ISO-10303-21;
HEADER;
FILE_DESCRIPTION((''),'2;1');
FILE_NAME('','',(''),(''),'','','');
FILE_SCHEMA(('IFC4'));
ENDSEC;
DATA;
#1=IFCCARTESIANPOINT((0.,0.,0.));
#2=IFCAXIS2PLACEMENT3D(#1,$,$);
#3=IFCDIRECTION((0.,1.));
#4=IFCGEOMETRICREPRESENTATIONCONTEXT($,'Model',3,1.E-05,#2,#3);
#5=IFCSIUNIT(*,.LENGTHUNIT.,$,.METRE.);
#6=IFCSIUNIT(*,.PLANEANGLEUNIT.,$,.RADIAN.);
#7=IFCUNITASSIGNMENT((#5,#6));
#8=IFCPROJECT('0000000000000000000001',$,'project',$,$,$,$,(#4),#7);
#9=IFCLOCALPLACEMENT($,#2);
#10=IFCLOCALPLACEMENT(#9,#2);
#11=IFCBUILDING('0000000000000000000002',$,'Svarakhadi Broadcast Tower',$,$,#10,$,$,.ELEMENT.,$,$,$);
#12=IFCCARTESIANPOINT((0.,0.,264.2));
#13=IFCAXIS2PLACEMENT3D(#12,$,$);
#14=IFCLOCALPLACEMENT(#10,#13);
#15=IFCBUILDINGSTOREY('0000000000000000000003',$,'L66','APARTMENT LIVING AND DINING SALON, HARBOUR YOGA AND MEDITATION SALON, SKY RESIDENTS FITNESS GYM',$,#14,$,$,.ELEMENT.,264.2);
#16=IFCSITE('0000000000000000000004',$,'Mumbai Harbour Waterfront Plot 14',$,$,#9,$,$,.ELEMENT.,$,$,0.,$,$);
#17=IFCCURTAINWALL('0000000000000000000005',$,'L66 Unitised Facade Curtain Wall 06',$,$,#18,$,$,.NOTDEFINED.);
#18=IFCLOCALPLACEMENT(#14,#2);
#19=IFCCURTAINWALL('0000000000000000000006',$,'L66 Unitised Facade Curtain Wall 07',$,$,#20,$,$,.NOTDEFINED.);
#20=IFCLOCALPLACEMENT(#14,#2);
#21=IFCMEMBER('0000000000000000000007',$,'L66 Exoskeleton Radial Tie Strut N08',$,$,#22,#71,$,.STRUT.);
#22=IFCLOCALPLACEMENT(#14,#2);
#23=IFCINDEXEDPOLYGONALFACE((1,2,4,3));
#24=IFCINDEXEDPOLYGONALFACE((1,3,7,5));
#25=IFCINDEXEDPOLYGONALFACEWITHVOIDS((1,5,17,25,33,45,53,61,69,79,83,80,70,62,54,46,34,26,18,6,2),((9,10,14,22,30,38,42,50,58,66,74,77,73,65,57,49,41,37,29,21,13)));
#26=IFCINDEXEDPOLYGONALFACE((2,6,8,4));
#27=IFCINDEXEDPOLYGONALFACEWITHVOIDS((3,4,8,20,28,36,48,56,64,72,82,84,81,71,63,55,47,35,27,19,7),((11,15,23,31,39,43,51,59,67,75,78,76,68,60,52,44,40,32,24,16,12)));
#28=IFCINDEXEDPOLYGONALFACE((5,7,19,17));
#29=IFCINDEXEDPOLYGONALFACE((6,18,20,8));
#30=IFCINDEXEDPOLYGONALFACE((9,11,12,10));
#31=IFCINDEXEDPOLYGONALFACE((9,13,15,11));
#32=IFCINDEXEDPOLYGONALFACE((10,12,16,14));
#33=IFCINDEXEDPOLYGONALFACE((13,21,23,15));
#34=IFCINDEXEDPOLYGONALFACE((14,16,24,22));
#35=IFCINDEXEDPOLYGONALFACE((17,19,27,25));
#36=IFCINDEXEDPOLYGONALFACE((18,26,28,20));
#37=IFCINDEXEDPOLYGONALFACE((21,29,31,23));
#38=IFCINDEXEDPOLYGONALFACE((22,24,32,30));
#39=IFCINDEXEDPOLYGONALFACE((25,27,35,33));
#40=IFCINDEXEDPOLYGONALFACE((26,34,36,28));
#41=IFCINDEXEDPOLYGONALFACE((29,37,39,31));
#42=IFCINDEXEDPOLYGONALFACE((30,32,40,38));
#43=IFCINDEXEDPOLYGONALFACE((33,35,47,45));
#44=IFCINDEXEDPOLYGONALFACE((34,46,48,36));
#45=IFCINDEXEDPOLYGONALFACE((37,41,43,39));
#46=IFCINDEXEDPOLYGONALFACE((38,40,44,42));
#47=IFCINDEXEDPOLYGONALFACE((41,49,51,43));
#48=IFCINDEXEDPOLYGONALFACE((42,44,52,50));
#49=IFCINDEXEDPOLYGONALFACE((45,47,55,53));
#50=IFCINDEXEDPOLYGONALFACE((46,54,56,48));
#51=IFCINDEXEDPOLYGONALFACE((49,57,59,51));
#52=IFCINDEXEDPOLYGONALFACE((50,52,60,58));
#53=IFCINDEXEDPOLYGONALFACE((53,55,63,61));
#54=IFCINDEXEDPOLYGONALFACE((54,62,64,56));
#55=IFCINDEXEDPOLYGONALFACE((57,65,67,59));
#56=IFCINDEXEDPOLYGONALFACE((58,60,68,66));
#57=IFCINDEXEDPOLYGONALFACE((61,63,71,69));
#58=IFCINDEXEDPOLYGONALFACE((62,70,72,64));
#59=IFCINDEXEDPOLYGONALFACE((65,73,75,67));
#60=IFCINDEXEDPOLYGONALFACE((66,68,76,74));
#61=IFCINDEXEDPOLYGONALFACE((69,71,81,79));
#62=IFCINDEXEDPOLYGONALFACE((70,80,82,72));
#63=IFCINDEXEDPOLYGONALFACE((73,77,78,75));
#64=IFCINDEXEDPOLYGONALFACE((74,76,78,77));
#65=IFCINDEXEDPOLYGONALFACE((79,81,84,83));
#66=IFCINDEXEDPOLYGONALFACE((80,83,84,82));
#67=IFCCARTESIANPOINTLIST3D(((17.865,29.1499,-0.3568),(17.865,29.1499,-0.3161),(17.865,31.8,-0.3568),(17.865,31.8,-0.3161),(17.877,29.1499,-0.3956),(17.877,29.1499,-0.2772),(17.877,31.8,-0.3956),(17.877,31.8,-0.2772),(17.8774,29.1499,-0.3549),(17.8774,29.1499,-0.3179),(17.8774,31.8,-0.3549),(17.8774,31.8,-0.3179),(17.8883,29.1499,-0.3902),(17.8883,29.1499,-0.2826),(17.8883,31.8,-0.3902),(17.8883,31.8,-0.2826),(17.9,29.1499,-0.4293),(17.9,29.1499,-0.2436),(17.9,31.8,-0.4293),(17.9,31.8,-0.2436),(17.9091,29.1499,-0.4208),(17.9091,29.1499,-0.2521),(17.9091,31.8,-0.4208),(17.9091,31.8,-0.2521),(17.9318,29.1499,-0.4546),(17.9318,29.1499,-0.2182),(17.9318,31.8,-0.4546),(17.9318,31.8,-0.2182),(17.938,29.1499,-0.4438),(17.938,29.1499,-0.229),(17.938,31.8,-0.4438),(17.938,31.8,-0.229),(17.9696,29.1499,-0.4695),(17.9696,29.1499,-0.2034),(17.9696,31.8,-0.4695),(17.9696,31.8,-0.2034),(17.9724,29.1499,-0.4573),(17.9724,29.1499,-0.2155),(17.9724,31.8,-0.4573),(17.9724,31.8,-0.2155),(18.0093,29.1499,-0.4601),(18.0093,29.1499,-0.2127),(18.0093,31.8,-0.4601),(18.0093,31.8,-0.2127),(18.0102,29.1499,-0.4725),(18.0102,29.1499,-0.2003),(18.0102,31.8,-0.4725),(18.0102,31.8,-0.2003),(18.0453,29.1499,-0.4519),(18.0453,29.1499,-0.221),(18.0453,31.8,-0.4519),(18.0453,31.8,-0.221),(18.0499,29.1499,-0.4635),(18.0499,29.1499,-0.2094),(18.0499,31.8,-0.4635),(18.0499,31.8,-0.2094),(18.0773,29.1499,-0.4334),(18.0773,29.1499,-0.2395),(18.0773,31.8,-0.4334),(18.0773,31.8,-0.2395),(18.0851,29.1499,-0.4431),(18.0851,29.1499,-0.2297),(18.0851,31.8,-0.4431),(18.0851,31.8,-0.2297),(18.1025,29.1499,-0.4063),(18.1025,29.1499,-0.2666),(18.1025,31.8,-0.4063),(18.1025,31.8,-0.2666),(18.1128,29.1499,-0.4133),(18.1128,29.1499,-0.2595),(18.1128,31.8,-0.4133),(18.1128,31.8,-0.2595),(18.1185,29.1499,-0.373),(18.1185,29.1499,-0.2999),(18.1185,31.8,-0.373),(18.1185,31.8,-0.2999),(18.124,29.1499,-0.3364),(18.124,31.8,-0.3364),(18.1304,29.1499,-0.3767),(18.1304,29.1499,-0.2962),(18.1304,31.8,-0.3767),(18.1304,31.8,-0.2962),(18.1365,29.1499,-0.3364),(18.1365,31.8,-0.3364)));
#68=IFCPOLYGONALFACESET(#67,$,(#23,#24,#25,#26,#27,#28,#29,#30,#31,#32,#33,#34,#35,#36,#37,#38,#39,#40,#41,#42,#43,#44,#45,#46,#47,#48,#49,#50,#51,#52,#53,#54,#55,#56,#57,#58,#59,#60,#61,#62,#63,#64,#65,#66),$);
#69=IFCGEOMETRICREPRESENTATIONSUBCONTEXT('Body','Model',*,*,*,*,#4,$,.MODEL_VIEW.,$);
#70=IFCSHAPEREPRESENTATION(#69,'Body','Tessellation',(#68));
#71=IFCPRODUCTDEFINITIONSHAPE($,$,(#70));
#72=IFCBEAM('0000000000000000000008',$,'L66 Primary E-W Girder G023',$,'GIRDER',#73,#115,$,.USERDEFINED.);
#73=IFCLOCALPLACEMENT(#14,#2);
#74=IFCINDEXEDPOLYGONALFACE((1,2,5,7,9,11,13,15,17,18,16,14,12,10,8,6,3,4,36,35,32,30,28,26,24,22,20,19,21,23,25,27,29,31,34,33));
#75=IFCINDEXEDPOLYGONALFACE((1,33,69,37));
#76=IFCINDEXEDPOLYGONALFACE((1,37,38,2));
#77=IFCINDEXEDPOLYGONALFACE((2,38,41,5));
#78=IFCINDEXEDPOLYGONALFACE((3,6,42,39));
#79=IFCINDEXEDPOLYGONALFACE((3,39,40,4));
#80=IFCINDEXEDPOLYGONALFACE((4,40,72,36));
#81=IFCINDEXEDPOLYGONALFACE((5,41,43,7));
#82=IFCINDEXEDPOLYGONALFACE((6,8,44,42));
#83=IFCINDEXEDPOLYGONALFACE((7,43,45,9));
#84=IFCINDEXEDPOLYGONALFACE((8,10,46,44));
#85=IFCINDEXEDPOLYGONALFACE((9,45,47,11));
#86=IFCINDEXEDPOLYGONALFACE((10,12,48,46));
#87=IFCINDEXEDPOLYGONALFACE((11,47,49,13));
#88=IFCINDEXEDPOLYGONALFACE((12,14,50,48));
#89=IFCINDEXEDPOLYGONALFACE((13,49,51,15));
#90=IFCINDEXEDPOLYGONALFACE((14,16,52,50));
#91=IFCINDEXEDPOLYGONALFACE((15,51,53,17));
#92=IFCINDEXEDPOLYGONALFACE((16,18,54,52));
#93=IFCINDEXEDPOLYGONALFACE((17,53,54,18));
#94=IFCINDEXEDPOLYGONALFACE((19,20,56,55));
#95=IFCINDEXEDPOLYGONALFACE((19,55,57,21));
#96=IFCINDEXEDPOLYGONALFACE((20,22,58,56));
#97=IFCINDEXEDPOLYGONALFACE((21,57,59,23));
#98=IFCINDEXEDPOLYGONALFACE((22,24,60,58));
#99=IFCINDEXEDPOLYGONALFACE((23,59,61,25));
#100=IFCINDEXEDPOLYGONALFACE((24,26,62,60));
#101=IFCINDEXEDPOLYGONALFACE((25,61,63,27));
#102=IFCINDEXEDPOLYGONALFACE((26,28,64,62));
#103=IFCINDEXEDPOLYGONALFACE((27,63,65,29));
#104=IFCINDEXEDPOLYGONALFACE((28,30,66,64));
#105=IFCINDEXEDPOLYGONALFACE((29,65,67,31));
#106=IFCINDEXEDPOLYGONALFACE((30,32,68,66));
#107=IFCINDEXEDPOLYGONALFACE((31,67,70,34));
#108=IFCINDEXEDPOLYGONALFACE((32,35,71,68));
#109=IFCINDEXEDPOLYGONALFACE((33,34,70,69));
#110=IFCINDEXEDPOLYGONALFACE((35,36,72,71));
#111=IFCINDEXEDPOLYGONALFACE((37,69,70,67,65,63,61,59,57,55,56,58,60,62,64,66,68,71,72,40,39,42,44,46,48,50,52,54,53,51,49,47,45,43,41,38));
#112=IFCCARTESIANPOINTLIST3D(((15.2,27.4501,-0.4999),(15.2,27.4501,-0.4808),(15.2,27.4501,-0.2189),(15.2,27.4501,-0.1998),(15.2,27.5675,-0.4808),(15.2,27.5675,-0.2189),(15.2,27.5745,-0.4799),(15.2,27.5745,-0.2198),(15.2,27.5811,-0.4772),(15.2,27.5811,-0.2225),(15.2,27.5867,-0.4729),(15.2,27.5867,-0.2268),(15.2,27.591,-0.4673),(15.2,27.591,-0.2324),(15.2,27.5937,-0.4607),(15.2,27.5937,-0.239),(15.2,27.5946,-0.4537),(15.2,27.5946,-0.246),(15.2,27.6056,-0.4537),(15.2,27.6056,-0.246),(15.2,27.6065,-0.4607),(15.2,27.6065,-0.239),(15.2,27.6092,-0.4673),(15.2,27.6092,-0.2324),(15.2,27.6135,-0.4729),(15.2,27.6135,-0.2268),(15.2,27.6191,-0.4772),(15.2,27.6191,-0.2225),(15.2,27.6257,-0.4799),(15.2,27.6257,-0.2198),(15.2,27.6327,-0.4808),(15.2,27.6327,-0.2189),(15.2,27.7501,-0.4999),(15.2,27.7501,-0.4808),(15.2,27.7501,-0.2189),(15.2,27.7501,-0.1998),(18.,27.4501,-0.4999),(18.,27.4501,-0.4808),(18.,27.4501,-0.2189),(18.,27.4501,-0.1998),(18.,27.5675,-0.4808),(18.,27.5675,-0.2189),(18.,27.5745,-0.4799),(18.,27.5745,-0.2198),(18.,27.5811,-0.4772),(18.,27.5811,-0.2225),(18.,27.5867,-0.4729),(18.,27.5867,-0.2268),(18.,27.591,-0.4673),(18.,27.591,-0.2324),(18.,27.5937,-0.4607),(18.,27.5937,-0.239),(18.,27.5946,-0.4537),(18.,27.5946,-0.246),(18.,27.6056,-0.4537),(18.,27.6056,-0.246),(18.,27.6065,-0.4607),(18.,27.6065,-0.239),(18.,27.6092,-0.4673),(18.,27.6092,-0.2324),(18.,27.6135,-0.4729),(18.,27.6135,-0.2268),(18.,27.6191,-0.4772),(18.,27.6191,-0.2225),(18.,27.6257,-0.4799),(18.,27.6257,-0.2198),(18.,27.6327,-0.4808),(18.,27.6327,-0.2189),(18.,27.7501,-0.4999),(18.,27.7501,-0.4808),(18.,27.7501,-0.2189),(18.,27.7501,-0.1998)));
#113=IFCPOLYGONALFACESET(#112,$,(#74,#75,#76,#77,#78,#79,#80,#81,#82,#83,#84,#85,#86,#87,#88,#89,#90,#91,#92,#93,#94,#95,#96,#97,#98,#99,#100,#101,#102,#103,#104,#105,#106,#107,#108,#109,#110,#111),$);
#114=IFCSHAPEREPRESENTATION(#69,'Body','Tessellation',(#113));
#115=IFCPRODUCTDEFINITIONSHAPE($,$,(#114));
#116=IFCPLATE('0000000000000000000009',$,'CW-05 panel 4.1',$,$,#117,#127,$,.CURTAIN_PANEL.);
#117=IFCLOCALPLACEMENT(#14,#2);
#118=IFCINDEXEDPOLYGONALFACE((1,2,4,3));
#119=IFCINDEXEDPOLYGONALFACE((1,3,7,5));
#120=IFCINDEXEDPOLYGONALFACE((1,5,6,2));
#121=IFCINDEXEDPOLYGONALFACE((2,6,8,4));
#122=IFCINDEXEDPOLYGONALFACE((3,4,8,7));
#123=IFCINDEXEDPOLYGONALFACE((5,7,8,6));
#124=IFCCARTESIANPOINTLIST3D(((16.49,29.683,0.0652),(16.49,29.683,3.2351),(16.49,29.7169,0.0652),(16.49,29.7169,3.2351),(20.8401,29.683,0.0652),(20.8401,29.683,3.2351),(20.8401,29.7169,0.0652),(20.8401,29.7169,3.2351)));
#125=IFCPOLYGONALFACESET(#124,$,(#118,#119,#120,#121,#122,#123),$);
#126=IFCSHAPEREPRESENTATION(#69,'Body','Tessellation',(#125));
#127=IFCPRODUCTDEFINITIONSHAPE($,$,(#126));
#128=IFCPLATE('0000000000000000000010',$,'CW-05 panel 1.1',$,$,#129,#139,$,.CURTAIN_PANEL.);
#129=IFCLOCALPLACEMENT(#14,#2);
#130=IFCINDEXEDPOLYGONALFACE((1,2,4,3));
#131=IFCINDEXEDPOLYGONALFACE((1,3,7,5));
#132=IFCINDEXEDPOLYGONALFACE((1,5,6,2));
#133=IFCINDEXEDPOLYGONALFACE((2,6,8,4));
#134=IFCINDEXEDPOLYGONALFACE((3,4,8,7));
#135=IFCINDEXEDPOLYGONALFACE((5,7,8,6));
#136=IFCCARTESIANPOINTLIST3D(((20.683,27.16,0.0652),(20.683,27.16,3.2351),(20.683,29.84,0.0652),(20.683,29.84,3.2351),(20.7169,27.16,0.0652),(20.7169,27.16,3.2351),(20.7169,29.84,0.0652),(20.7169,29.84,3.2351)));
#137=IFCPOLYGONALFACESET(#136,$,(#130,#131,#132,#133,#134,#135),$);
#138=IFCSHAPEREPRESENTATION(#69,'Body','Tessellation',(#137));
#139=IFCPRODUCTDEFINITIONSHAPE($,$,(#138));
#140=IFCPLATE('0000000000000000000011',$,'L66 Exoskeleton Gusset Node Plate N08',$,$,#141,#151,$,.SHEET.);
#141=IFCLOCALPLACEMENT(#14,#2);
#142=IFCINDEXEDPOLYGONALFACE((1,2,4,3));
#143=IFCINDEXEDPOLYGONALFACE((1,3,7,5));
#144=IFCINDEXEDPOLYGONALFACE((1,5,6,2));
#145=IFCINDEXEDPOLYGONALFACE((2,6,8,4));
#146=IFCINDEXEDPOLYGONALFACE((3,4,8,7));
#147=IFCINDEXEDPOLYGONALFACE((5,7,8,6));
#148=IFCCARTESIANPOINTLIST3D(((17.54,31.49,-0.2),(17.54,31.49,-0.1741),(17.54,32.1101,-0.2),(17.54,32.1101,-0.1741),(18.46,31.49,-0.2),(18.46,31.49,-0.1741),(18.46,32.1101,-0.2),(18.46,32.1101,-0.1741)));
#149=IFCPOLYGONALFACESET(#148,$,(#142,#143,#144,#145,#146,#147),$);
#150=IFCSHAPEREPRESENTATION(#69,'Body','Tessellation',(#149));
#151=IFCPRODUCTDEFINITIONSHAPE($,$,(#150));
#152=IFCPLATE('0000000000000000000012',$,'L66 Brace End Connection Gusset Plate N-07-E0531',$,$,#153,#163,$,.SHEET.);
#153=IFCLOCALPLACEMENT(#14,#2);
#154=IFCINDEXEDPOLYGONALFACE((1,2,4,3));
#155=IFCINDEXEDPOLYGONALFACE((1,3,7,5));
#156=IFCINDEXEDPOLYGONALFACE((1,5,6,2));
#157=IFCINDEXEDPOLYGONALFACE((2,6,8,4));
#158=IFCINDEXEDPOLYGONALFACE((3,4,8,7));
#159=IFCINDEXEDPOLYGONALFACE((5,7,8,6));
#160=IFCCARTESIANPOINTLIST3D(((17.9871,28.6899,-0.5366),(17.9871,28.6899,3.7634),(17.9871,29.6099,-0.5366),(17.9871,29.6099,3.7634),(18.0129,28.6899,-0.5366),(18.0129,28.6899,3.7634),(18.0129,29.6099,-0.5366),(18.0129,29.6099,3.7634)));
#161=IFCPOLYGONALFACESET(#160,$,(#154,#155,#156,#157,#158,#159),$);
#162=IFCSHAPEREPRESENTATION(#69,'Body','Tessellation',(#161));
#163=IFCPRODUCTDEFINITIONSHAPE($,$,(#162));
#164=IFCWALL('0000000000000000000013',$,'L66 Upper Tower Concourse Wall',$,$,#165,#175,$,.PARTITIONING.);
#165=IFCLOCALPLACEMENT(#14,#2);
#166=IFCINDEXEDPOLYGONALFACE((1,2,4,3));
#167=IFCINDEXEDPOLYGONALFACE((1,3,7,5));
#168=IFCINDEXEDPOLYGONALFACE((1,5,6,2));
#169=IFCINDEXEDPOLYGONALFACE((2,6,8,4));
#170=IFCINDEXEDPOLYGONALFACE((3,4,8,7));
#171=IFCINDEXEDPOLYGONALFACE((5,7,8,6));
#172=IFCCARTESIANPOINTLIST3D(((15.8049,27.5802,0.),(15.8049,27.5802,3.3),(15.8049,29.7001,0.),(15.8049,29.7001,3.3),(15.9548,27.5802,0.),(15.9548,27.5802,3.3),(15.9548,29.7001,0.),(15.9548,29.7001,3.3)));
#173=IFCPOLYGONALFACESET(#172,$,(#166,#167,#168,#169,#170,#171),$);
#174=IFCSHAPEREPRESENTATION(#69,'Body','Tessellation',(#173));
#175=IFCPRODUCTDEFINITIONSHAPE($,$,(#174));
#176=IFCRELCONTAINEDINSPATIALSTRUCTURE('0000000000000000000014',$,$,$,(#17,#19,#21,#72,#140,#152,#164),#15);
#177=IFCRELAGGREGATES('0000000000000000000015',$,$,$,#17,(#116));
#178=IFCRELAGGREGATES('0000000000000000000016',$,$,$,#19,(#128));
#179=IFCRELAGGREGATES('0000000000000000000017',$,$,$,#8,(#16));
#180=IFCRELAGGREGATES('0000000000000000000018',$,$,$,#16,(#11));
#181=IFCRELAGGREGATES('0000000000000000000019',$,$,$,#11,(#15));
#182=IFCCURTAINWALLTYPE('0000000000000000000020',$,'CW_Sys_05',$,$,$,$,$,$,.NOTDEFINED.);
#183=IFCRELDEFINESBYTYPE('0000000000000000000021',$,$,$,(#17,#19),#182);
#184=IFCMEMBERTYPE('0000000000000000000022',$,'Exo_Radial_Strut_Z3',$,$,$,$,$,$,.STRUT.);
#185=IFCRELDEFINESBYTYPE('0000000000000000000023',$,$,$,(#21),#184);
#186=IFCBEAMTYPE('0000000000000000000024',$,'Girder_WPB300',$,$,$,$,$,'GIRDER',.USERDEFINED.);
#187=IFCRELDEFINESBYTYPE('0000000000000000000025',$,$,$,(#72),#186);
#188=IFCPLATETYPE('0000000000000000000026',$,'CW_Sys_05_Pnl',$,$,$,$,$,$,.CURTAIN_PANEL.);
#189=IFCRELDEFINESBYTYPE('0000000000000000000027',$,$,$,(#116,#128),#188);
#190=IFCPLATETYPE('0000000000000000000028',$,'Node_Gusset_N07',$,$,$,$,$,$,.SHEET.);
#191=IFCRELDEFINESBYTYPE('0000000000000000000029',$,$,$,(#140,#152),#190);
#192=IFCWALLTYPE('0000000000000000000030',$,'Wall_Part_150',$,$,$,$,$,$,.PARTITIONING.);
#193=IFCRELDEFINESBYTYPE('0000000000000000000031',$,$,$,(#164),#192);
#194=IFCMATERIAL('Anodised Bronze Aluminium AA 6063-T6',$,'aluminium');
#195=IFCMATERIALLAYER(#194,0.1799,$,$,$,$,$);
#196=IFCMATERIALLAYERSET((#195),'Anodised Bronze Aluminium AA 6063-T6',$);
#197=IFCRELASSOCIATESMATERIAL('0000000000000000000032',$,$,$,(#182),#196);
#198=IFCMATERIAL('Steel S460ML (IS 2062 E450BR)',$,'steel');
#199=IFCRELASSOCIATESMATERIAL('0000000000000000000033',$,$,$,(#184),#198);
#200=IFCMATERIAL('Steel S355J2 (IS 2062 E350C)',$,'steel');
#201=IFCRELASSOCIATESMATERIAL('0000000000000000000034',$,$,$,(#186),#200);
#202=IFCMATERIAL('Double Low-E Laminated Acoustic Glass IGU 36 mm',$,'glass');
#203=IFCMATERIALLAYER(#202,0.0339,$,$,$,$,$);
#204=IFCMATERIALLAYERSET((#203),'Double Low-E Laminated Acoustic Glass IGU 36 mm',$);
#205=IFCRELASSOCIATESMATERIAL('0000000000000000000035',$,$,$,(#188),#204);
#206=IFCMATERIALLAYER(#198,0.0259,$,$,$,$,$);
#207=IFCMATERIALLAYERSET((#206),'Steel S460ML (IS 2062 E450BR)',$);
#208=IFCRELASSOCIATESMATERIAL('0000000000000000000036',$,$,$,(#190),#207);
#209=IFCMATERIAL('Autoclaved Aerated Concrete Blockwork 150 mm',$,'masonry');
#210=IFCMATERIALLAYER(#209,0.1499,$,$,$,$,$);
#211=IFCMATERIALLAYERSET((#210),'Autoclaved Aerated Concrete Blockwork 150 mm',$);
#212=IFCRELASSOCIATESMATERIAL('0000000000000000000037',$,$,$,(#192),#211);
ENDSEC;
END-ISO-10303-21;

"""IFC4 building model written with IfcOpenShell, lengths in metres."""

from ifc_helpers import new_model, si_unit, direction, frame, frame_2d, origin, origin_2d, place, context, subcontext, project, spatial, rectangle, hollow_circle, i_section, extrude, material, layer, layer_set, material_profile, profile_set, type_object, element, aggregate, save


model = new_model("IFC4")

# Units and contexts
model_context = context("Model", 3, precision=1e-05, world=origin(), true_north=direction((0.0, 1.0)))
body_context = subcontext(model_context, "Body", "Model", "MODEL_VIEW")
ifc_project = project(units=[si_unit("LENGTHUNIT", "METRE"), si_unit("PLANEANGLEUNIT", "RADIAN")], contexts=[model_context])

# Site, building, storey
site_placement = place(None, origin())
site = spatial("IfcSite", under=ifc_project, at=site_placement, Name="Mumbai Harbour Waterfront Plot 14", CompositionType="ELEMENT", RefElevation=0.0)
building_placement = place(site_placement, origin())
building = spatial("IfcBuilding", under=site, at=building_placement, Name="Svarakhadi Broadcast Tower", CompositionType="ELEMENT")
storey_placement = place(building_placement, frame((0.0, 0.0, 264.2)))
storey = spatial("IfcBuildingStorey", under=building, at=storey_placement, Name="L66", Description="APARTMENT LIVING AND DINING SALON, HARBOUR YOGA AND MEDITATION SALON, SKY RESIDENTS FITNESS GYM", CompositionType="ELEMENT", Elevation=264.2)

# Shared definitions
ifc_material_1 = material(Name="Steel S460ML (IS 2062 E450BR)", Category="steel")

# Curtain walls
ifc_material_2 = material(Name="Anodised Bronze Aluminium AA 6063-T6", Category="aluminium")
ifc_layer_1 = layer(ifc_material_2, 0.1799)
ifc_layer_set_1 = layer_set([ifc_layer_1], Name="Anodised Bronze Aluminium AA 6063-T6")
curtain_wall_type = type_object("IfcCurtainWallType", Name="CW_Sys_05", PredefinedType="NOTDEFINED", material=ifc_layer_set_1)
curtain_wall_1_placement = place(storey_placement, origin())
curtain_wall_1 = element("IfcCurtainWall", 1, at=curtain_wall_1_placement, inside=storey, type_object=curtain_wall_type, Name="L66 Unitised Facade Curtain Wall 06", PredefinedType="NOTDEFINED")
curtain_wall_2_placement = place(storey_placement, origin())
curtain_wall_2 = element("IfcCurtainWall", 2, at=curtain_wall_2_placement, inside=storey, type_object=curtain_wall_type, Name="L66 Unitised Facade Curtain Wall 07", PredefinedType="NOTDEFINED")

# Member
ifc_material_profile_1 = material_profile(ifc_material_1, hollow_circle(Radius=0.1365, WallThickness=0.0125, at=origin_2d()), Name="CHS 273x12.5")
ifc_profile_set_1 = profile_set([ifc_material_profile_1], Name="Steel S460ML (IS 2062 E450BR)")
member_type_1 = type_object("IfcMemberType", Name="Exo_Radial_Strut_Z3", PredefinedType="STRUT", material=ifc_profile_set_1)
member_1_placement = place(storey_placement, frame((18.0, 31.8, -0.3364), z_axis=(0.0, -1.0, 0.0), x_axis=(1.0, 0.0, 0.0)))
element("IfcMember", 3, at=member_1_placement, inside=storey, type_object=member_type_1, Name="L66 Exoskeleton Radial Tie Strut N08", PredefinedType="STRUT", context=body_context, shape_type="SweptSolid", body=[
    extrude(hollow_circle(Radius=0.1365, WallThickness=0.0125, at=origin_2d()), origin(), (0.0, 0.0, 1.0), 2.6501),
])

# Beam
ifc_material_3 = material(Name="Steel S355J2 (IS 2062 E350C)", Category="steel")
ifc_material_profile_2 = material_profile(ifc_material_3, i_section(OverallWidth=0.3, OverallDepth=0.3, WebThickness=0.011, FlangeThickness=0.019, FilletRadius=0.0271, at=origin_2d()), Name="WPB 300x300x117")
ifc_profile_set_2 = profile_set([ifc_material_profile_2], Name="Steel S355J2 (IS 2062 E350C)")
beam_type = type_object("IfcBeamType", Name="Girder_WPB300", ElementType="GIRDER", PredefinedType="USERDEFINED", material=ifc_profile_set_2)
beam_placement = place(storey_placement, frame((15.2, 27.6001, -0.3499), z_axis=(1.0, 0.0, 0.0), x_axis=(0.0, 1.0, 0.0)))
element("IfcBeam", 4, at=beam_placement, inside=storey, type_object=beam_type, Name="L66 Primary E-W Girder G023", ObjectType="GIRDER", PredefinedType="USERDEFINED", context=body_context, shape_type="SweptSolid", body=[
    extrude(i_section(OverallWidth=0.3, OverallDepth=0.3, WebThickness=0.011, FlangeThickness=0.019, FilletRadius=0.0271, at=origin_2d()), origin(), (0.0, 0.0, 1.0), 2.8),
])

# Plates
ifc_material_4 = material(Name="Double Low-E Laminated Acoustic Glass IGU 36 mm", Category="glass")
ifc_layer_2 = layer(ifc_material_4, 0.0339)
ifc_layer_set_2 = layer_set([ifc_layer_2], Name="Double Low-E Laminated Acoustic Glass IGU 36 mm")
plate_type_1 = type_object("IfcPlateType", Name="CW_Sys_05_Pnl", PredefinedType="CURTAIN_PANEL", material=ifc_layer_set_2)
plate_1_placement = place(storey_placement, frame((18.665, 29.7, 0.0652), z_axis=(0.0, 0.0, 1.0), x_axis=(1.0, 0.0, 0.0)))
plate_1 = element("IfcPlate", 5, at=plate_1_placement, type_object=plate_type_1, Name="CW-05 panel 4.1", PredefinedType="CURTAIN_PANEL", context=body_context, shape_type="SweptSolid", body=[
    extrude(rectangle(XDim=4.3501, YDim=0.0339, at=origin_2d()), origin(), (0.0, 0.0, 1.0), 3.1699),
])
aggregate(curtain_wall_1, [plate_1])
plate_2_placement = place(storey_placement, frame((20.7, 28.5, 0.0652), z_axis=(0.0, 0.0, 1.0), x_axis=(0.0, -1.0, 0.0)))
plate_2 = element("IfcPlate", 6, at=plate_2_placement, type_object=plate_type_1, Name="CW-05 panel 1.1", PredefinedType="CURTAIN_PANEL", context=body_context, shape_type="SweptSolid", body=[
    extrude(rectangle(XDim=2.6799, YDim=0.0339, at=origin_2d()), origin(), (0.0, 0.0, 1.0), 3.1699),
])
aggregate(curtain_wall_2, [plate_2])

# Plates
ifc_layer_3 = layer(ifc_material_1, 0.0259)
ifc_layer_set_3 = layer_set([ifc_layer_3], Name="Steel S460ML (IS 2062 E450BR)")
plate_type_2 = type_object("IfcPlateType", Name="Node_Gusset_N07", PredefinedType="SHEET", material=ifc_layer_set_3)
plate_3_placement = place(storey_placement, frame((18.0, 31.8, -0.2), z_axis=(0.0, 0.0, 1.0), x_axis=(1.0, 0.0, 0.0)))
element("IfcPlate", 7, at=plate_3_placement, inside=storey, type_object=plate_type_2, Name="L66 Exoskeleton Gusset Node Plate N08", PredefinedType="SHEET", context=body_context, shape_type="SweptSolid", body=[
    extrude(rectangle(XDim=0.9199, YDim=0.6201, at=origin_2d()), origin(), (0.0, 0.0, 1.0), 0.0259),
])
plate_4_placement = place(storey_placement, frame((18.0, 29.1499, -0.5366), z_axis=(0.0, 0.0, 1.0), x_axis=(0.0, 1.0, 0.0)))
element("IfcPlate", 8, at=plate_4_placement, inside=storey, type_object=plate_type_2, Name="L66 Brace End Connection Gusset Plate N-07-E0531", PredefinedType="SHEET", context=body_context, shape_type="SweptSolid", body=[
    extrude(rectangle(XDim=0.9199, YDim=0.0259, at=origin_2d()), origin(), (0.0, 0.0, 1.0), 4.3),
])

# Wall
ifc_material_5 = material(Name="Autoclaved Aerated Concrete Blockwork 150 mm", Category="masonry")
ifc_layer_4 = layer(ifc_material_5, 0.1499)
ifc_layer_set_4 = layer_set([ifc_layer_4], Name="Autoclaved Aerated Concrete Blockwork 150 mm")
wall_type = type_object("IfcWallType", Name="Wall_Part_150", PredefinedType="PARTITIONING", material=ifc_layer_set_4)
wall_1_placement = place(storey_placement, frame((15.8799, 27.5801, 0.0), z_axis=(0.0, 0.0, 1.0), x_axis=(0.0, 1.0, 0.0)))
element("IfcWall", 9, at=wall_1_placement, inside=storey, type_object=wall_type, Name="L66 Upper Tower Concourse Wall", PredefinedType="PARTITIONING", context=body_context, shape_type="SweptSolid", body=[
    extrude(rectangle(XDim=2.1199, YDim=0.1499, at=frame_2d((1.0601, 0.0))), origin(), (0.0, 0.0, 1.0), 3.3),
])

save(model, "model.ifc")
